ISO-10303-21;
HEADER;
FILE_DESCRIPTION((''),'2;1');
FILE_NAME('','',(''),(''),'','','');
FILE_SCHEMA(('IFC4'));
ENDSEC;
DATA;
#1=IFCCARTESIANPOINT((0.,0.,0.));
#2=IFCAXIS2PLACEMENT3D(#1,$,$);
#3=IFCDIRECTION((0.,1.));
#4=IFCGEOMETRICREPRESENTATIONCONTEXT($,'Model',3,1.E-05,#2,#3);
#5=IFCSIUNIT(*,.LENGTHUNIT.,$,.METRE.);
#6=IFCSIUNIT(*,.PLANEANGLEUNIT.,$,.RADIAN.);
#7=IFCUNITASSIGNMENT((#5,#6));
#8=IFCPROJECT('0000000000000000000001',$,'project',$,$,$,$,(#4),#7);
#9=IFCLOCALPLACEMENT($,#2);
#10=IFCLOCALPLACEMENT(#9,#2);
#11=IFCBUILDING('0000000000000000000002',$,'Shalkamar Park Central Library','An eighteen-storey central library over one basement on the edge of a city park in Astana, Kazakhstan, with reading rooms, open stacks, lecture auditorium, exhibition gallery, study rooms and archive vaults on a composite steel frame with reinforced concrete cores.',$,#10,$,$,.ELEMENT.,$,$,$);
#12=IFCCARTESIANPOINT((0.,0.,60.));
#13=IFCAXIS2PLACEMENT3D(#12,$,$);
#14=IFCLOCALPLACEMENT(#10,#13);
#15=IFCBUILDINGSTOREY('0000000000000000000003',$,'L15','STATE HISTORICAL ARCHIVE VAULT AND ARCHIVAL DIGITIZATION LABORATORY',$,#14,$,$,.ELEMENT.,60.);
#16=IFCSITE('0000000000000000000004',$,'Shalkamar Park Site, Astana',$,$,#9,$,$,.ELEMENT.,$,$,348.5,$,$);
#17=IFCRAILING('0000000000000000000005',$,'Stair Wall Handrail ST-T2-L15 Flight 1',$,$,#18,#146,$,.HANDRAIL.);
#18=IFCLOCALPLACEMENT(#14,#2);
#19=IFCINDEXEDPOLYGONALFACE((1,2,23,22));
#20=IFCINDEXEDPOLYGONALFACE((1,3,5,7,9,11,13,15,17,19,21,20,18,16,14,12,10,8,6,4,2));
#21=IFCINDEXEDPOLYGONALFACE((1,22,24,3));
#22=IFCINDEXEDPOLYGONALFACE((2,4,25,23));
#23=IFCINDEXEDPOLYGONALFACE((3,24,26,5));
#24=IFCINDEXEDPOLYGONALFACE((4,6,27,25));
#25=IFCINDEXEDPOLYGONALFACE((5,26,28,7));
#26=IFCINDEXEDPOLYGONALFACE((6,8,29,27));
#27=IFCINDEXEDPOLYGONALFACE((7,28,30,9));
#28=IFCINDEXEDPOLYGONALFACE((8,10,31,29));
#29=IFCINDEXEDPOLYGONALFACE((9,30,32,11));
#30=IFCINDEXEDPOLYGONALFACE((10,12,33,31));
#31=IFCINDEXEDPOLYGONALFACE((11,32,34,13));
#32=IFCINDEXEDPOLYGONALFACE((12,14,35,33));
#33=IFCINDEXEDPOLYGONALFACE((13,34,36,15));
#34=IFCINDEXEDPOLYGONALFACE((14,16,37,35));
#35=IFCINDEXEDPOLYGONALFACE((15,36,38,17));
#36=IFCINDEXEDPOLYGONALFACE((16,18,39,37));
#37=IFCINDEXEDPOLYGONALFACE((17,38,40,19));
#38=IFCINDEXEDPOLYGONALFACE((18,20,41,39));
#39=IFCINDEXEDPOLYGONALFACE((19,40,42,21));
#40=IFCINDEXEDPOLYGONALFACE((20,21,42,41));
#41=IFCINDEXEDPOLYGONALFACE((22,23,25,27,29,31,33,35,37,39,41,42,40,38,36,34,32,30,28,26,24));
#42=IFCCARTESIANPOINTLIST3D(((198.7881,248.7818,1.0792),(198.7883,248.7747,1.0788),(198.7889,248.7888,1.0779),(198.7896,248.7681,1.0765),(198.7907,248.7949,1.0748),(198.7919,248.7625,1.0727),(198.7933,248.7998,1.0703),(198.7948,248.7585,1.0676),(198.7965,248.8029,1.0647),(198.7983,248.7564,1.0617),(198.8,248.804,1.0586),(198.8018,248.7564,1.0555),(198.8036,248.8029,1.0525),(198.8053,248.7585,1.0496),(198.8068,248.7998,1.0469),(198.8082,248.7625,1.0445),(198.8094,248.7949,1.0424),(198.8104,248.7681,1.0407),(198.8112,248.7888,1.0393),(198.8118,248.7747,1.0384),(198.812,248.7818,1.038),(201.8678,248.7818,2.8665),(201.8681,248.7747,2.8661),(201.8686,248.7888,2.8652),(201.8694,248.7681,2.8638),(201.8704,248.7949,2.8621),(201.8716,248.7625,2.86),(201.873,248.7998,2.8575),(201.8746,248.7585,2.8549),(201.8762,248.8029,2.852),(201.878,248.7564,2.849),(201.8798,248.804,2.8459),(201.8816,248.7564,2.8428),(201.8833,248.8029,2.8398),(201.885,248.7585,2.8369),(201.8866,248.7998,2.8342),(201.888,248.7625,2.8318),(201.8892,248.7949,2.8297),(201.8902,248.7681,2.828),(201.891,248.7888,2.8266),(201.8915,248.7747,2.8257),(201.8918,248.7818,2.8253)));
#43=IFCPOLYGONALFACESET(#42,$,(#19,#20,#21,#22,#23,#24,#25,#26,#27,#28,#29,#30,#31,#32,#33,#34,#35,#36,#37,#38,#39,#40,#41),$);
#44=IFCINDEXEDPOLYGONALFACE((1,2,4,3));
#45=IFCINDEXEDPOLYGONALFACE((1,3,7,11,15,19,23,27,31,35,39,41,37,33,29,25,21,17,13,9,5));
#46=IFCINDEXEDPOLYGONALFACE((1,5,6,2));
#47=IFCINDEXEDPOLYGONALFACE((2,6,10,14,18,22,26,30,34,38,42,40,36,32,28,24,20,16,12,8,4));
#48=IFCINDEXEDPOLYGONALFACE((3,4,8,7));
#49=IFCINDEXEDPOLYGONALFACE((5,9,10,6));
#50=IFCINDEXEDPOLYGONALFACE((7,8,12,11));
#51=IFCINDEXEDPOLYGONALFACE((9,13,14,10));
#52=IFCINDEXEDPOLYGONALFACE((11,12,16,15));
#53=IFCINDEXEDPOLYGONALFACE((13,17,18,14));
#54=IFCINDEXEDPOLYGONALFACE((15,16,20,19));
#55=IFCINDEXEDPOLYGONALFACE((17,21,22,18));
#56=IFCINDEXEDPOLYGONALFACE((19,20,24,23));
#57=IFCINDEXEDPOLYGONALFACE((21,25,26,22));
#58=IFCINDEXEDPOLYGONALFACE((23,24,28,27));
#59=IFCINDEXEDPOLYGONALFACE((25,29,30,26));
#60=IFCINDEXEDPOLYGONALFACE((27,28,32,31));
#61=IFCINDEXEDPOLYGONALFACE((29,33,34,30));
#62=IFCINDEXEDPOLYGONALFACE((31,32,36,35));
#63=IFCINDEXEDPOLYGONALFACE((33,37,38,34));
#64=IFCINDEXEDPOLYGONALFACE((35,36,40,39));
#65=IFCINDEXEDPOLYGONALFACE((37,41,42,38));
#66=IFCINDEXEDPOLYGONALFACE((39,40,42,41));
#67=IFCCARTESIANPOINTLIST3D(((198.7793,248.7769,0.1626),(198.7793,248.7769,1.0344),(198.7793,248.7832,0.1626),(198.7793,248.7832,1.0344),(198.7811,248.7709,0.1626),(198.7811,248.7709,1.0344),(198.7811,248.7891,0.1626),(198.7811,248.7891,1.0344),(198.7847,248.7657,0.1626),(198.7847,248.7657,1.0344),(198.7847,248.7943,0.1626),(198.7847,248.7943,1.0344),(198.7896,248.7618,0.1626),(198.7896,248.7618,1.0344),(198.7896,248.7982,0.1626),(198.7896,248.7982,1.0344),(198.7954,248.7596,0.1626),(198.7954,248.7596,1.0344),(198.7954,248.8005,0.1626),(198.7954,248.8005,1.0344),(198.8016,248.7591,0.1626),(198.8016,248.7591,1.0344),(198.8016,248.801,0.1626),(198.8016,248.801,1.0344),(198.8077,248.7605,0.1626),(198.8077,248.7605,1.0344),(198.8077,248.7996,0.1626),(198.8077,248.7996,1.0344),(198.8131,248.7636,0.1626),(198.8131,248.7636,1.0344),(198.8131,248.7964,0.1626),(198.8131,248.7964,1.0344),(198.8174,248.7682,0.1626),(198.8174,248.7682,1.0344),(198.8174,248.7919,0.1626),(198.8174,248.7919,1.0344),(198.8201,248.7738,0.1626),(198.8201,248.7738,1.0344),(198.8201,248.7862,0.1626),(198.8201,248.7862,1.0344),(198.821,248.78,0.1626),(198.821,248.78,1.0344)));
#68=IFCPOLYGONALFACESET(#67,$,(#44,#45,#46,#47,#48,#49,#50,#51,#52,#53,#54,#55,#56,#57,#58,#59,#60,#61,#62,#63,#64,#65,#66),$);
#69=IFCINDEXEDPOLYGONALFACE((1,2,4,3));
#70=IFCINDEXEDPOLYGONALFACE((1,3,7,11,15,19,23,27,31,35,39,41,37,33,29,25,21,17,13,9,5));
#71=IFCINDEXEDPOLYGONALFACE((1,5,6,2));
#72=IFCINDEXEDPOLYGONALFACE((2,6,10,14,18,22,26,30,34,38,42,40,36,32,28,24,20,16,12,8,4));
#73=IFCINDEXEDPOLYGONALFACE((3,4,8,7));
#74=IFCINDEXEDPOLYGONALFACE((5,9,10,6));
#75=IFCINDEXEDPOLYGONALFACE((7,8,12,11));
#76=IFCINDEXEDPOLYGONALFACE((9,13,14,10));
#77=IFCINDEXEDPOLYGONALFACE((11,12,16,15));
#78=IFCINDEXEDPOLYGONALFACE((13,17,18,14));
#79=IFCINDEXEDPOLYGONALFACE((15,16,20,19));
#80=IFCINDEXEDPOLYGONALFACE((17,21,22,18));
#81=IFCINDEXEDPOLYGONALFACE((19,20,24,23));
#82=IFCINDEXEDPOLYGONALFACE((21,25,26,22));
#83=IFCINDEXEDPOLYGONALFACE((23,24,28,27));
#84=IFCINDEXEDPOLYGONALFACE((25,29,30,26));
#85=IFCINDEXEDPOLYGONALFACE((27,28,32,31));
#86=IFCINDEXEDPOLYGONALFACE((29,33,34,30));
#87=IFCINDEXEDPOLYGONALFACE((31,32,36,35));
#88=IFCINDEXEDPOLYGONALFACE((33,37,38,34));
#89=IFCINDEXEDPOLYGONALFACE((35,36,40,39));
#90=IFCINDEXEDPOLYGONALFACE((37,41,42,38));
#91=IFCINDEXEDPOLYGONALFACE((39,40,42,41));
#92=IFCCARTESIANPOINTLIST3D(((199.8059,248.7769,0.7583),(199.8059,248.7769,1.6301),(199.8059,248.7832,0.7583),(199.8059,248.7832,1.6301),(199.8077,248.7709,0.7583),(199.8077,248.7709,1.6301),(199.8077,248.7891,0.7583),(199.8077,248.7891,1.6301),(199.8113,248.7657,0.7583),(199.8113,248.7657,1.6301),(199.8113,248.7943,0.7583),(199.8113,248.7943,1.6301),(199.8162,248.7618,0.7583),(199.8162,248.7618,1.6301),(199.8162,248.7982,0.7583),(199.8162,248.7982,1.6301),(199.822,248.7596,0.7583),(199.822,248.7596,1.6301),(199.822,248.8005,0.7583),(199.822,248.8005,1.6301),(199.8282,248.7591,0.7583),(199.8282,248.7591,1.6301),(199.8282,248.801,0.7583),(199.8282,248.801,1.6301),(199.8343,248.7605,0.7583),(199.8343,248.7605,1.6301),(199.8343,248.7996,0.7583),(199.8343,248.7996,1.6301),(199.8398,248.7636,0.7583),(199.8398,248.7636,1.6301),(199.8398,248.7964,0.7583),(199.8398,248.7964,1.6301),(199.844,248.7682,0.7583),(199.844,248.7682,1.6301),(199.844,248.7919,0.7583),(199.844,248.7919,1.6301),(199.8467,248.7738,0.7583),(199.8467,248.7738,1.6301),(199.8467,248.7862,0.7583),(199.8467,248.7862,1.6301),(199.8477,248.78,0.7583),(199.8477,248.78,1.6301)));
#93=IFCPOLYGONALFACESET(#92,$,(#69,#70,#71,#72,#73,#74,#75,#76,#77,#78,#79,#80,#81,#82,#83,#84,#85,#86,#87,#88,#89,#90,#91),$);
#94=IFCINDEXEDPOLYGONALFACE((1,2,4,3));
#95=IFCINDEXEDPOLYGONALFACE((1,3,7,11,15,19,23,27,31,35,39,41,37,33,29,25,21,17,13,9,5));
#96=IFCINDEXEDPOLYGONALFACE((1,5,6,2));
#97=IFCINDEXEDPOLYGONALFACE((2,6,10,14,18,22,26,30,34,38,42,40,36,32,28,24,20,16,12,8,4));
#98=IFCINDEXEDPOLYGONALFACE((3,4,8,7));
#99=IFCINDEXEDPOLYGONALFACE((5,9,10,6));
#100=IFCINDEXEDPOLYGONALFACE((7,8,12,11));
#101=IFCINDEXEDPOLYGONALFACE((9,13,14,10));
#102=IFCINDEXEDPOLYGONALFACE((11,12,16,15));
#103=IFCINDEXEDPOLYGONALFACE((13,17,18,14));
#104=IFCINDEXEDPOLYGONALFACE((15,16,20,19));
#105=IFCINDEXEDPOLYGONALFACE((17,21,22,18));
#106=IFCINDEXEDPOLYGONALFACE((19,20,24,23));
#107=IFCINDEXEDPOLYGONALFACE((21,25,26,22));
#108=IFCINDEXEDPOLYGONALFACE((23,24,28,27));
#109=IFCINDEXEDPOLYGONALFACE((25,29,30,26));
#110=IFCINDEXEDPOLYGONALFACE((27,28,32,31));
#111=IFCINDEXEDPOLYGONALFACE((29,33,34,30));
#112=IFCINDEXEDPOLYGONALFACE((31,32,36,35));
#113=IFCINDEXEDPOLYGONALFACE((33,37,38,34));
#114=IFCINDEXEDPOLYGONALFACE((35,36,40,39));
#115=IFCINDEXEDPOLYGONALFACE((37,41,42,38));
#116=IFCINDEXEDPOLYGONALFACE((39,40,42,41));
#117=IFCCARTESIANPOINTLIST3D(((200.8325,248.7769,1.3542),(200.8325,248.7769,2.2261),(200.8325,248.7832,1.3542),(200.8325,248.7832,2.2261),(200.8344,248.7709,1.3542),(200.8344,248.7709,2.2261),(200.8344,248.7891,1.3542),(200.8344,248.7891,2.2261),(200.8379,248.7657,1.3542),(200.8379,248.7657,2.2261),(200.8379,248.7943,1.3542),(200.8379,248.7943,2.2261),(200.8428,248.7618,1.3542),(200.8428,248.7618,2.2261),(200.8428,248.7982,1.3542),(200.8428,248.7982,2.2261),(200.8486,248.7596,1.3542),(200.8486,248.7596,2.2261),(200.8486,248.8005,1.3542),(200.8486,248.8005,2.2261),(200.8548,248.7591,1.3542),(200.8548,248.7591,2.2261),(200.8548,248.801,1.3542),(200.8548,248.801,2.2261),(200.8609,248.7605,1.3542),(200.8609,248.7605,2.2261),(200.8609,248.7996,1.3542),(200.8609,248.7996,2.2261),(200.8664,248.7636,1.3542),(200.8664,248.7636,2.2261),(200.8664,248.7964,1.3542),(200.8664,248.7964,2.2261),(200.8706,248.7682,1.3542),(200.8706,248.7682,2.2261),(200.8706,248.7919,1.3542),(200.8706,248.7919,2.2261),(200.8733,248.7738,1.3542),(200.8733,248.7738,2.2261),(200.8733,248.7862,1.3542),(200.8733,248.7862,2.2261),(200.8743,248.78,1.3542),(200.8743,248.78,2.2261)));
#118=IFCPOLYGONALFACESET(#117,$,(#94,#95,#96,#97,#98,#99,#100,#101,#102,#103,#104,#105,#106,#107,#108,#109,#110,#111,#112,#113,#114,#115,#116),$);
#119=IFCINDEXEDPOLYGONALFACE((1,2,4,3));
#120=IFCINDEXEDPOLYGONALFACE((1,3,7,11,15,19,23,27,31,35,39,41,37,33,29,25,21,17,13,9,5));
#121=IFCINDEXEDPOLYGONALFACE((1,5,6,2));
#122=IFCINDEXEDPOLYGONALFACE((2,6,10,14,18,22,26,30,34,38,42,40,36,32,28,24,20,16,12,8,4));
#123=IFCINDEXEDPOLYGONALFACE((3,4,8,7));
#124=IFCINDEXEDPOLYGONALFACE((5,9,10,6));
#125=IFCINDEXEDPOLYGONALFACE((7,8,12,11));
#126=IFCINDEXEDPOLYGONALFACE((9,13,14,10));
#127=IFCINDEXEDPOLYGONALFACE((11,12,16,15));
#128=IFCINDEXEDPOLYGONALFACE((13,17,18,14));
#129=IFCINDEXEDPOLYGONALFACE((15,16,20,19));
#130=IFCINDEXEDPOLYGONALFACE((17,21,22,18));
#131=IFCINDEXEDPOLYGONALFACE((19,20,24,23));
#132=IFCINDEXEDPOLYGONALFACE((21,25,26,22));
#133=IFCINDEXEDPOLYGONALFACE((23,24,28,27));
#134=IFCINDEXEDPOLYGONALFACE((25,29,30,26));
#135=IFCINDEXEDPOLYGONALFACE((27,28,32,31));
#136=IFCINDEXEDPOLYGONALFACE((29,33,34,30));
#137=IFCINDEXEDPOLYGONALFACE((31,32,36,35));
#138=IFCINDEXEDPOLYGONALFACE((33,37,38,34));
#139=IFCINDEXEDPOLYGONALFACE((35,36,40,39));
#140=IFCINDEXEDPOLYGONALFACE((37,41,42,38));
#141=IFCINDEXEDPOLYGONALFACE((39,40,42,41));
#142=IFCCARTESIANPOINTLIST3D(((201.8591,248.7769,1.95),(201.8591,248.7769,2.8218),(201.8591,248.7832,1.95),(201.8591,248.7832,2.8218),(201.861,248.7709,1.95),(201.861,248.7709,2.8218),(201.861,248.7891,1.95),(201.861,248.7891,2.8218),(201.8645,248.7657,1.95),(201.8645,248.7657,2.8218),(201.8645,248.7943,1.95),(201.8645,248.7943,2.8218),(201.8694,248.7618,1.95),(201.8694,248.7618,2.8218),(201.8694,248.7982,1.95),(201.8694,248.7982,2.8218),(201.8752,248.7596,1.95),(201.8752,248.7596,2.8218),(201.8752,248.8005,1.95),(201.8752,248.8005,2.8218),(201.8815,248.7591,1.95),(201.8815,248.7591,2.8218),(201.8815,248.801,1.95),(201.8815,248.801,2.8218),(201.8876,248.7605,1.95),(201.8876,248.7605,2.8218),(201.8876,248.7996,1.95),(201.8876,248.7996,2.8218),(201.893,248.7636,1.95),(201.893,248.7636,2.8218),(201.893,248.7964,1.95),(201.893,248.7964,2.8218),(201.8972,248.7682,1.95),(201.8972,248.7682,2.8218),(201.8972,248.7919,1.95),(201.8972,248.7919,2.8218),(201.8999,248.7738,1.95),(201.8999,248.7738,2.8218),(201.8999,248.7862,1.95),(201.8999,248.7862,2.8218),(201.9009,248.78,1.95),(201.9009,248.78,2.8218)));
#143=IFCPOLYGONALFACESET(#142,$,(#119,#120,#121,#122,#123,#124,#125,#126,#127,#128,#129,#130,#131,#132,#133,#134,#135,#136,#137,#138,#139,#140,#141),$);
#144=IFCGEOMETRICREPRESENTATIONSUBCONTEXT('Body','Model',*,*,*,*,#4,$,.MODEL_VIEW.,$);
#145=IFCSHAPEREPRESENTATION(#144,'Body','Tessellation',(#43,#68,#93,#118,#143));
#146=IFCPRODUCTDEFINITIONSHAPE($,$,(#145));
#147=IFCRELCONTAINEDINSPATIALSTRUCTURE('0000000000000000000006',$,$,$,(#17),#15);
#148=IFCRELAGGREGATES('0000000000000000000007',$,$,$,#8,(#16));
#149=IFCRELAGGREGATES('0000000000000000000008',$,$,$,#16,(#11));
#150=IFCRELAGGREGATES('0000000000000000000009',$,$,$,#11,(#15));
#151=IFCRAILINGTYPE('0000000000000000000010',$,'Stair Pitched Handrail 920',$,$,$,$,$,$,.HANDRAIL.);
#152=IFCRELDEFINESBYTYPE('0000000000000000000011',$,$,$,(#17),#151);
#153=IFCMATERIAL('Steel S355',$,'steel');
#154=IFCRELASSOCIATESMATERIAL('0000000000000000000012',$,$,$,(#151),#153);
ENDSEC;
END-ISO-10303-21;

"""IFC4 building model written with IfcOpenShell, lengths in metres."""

from ifc_helpers import new_model, si_unit, direction, frame, origin, origin_2d, place, context, subcontext, project, spatial, circle, extrude, material, type_object, element, save


model = new_model("IFC4")

# Units and contexts
model_context = context("Model", 3, precision=1e-05, world=origin(), true_north=direction((0.0, 1.0)))
body_context = subcontext(model_context, "Body", "Model", "MODEL_VIEW")
ifc_project = project(units=[si_unit("LENGTHUNIT", "METRE"), si_unit("PLANEANGLEUNIT", "RADIAN")], contexts=[model_context])

# Site, building, storey
site_placement = place(None, origin())
site = spatial("IfcSite", under=ifc_project, at=site_placement, Name="Shalkamar Park Site, Astana", CompositionType="ELEMENT", RefElevation=348.5)
building_placement = place(site_placement, origin())
building = spatial("IfcBuilding", under=site, at=building_placement, Name="Shalkamar Park Central Library", Description="An eighteen-storey central library over one basement on the edge of a city park in Astana, Kazakhstan, with reading rooms, open stacks, lecture auditorium, exhibition gallery, study rooms and archive vaults on a composite steel frame with reinforced concrete cores.", CompositionType="ELEMENT")
storey_placement = place(building_placement, frame((0.0, 0.0, 60.0)))
storey = spatial("IfcBuildingStorey", under=building, at=storey_placement, Name="L15", Description="STATE HISTORICAL ARCHIVE VAULT AND ARCHIVAL DIGITIZATION LABORATORY", CompositionType="ELEMENT", Elevation=60.0)

# Shared definitions
ifc_material_1 = material(Name="Steel S355", Category="steel")

# Railing
railing_type_1 = type_object("IfcRailingType", Name="Stair Pitched Handrail 920", PredefinedType="HANDRAIL", material=ifc_material_1)
railing_1_placement = place(storey_placement, frame((198.8, 248.78, 0.1626)))
element("IfcRailing", 1, at=railing_1_placement, inside=storey, type_object=railing_type_1, Name="Stair Wall Handrail ST-T2-L15 Flight 1", PredefinedType="HANDRAIL", context=body_context, shape_type="SweptSolid", body=[
    extrude(circle(Radius=0.0239, at=origin_2d()), frame((0.0, 0.0, 0.896), z_axis=(0.864903, 0.0, 0.501939), x_axis=(0.0, 1.0, 0.0)), (0.0, 0.0, 1.0), 3.5608),
    extrude(circle(Radius=0.021, at=origin_2d()), origin(), (0.0, 0.0, 1.0), 0.8718),
    extrude(circle(Radius=0.021, at=origin_2d()), frame((1.0266, 0.0, 0.5957)), (0.0, 0.0, 1.0), 0.8718),
    extrude(circle(Radius=0.021, at=origin_2d()), frame((2.0532, 0.0, 1.1917)), (0.0, 0.0, 1.0), 0.8718),
    extrude(circle(Radius=0.021, at=origin_2d()), frame((3.0798, 0.0, 1.7874)), (0.0, 0.0, 1.0), 0.8718),
])

save(model, "model.ifc")
